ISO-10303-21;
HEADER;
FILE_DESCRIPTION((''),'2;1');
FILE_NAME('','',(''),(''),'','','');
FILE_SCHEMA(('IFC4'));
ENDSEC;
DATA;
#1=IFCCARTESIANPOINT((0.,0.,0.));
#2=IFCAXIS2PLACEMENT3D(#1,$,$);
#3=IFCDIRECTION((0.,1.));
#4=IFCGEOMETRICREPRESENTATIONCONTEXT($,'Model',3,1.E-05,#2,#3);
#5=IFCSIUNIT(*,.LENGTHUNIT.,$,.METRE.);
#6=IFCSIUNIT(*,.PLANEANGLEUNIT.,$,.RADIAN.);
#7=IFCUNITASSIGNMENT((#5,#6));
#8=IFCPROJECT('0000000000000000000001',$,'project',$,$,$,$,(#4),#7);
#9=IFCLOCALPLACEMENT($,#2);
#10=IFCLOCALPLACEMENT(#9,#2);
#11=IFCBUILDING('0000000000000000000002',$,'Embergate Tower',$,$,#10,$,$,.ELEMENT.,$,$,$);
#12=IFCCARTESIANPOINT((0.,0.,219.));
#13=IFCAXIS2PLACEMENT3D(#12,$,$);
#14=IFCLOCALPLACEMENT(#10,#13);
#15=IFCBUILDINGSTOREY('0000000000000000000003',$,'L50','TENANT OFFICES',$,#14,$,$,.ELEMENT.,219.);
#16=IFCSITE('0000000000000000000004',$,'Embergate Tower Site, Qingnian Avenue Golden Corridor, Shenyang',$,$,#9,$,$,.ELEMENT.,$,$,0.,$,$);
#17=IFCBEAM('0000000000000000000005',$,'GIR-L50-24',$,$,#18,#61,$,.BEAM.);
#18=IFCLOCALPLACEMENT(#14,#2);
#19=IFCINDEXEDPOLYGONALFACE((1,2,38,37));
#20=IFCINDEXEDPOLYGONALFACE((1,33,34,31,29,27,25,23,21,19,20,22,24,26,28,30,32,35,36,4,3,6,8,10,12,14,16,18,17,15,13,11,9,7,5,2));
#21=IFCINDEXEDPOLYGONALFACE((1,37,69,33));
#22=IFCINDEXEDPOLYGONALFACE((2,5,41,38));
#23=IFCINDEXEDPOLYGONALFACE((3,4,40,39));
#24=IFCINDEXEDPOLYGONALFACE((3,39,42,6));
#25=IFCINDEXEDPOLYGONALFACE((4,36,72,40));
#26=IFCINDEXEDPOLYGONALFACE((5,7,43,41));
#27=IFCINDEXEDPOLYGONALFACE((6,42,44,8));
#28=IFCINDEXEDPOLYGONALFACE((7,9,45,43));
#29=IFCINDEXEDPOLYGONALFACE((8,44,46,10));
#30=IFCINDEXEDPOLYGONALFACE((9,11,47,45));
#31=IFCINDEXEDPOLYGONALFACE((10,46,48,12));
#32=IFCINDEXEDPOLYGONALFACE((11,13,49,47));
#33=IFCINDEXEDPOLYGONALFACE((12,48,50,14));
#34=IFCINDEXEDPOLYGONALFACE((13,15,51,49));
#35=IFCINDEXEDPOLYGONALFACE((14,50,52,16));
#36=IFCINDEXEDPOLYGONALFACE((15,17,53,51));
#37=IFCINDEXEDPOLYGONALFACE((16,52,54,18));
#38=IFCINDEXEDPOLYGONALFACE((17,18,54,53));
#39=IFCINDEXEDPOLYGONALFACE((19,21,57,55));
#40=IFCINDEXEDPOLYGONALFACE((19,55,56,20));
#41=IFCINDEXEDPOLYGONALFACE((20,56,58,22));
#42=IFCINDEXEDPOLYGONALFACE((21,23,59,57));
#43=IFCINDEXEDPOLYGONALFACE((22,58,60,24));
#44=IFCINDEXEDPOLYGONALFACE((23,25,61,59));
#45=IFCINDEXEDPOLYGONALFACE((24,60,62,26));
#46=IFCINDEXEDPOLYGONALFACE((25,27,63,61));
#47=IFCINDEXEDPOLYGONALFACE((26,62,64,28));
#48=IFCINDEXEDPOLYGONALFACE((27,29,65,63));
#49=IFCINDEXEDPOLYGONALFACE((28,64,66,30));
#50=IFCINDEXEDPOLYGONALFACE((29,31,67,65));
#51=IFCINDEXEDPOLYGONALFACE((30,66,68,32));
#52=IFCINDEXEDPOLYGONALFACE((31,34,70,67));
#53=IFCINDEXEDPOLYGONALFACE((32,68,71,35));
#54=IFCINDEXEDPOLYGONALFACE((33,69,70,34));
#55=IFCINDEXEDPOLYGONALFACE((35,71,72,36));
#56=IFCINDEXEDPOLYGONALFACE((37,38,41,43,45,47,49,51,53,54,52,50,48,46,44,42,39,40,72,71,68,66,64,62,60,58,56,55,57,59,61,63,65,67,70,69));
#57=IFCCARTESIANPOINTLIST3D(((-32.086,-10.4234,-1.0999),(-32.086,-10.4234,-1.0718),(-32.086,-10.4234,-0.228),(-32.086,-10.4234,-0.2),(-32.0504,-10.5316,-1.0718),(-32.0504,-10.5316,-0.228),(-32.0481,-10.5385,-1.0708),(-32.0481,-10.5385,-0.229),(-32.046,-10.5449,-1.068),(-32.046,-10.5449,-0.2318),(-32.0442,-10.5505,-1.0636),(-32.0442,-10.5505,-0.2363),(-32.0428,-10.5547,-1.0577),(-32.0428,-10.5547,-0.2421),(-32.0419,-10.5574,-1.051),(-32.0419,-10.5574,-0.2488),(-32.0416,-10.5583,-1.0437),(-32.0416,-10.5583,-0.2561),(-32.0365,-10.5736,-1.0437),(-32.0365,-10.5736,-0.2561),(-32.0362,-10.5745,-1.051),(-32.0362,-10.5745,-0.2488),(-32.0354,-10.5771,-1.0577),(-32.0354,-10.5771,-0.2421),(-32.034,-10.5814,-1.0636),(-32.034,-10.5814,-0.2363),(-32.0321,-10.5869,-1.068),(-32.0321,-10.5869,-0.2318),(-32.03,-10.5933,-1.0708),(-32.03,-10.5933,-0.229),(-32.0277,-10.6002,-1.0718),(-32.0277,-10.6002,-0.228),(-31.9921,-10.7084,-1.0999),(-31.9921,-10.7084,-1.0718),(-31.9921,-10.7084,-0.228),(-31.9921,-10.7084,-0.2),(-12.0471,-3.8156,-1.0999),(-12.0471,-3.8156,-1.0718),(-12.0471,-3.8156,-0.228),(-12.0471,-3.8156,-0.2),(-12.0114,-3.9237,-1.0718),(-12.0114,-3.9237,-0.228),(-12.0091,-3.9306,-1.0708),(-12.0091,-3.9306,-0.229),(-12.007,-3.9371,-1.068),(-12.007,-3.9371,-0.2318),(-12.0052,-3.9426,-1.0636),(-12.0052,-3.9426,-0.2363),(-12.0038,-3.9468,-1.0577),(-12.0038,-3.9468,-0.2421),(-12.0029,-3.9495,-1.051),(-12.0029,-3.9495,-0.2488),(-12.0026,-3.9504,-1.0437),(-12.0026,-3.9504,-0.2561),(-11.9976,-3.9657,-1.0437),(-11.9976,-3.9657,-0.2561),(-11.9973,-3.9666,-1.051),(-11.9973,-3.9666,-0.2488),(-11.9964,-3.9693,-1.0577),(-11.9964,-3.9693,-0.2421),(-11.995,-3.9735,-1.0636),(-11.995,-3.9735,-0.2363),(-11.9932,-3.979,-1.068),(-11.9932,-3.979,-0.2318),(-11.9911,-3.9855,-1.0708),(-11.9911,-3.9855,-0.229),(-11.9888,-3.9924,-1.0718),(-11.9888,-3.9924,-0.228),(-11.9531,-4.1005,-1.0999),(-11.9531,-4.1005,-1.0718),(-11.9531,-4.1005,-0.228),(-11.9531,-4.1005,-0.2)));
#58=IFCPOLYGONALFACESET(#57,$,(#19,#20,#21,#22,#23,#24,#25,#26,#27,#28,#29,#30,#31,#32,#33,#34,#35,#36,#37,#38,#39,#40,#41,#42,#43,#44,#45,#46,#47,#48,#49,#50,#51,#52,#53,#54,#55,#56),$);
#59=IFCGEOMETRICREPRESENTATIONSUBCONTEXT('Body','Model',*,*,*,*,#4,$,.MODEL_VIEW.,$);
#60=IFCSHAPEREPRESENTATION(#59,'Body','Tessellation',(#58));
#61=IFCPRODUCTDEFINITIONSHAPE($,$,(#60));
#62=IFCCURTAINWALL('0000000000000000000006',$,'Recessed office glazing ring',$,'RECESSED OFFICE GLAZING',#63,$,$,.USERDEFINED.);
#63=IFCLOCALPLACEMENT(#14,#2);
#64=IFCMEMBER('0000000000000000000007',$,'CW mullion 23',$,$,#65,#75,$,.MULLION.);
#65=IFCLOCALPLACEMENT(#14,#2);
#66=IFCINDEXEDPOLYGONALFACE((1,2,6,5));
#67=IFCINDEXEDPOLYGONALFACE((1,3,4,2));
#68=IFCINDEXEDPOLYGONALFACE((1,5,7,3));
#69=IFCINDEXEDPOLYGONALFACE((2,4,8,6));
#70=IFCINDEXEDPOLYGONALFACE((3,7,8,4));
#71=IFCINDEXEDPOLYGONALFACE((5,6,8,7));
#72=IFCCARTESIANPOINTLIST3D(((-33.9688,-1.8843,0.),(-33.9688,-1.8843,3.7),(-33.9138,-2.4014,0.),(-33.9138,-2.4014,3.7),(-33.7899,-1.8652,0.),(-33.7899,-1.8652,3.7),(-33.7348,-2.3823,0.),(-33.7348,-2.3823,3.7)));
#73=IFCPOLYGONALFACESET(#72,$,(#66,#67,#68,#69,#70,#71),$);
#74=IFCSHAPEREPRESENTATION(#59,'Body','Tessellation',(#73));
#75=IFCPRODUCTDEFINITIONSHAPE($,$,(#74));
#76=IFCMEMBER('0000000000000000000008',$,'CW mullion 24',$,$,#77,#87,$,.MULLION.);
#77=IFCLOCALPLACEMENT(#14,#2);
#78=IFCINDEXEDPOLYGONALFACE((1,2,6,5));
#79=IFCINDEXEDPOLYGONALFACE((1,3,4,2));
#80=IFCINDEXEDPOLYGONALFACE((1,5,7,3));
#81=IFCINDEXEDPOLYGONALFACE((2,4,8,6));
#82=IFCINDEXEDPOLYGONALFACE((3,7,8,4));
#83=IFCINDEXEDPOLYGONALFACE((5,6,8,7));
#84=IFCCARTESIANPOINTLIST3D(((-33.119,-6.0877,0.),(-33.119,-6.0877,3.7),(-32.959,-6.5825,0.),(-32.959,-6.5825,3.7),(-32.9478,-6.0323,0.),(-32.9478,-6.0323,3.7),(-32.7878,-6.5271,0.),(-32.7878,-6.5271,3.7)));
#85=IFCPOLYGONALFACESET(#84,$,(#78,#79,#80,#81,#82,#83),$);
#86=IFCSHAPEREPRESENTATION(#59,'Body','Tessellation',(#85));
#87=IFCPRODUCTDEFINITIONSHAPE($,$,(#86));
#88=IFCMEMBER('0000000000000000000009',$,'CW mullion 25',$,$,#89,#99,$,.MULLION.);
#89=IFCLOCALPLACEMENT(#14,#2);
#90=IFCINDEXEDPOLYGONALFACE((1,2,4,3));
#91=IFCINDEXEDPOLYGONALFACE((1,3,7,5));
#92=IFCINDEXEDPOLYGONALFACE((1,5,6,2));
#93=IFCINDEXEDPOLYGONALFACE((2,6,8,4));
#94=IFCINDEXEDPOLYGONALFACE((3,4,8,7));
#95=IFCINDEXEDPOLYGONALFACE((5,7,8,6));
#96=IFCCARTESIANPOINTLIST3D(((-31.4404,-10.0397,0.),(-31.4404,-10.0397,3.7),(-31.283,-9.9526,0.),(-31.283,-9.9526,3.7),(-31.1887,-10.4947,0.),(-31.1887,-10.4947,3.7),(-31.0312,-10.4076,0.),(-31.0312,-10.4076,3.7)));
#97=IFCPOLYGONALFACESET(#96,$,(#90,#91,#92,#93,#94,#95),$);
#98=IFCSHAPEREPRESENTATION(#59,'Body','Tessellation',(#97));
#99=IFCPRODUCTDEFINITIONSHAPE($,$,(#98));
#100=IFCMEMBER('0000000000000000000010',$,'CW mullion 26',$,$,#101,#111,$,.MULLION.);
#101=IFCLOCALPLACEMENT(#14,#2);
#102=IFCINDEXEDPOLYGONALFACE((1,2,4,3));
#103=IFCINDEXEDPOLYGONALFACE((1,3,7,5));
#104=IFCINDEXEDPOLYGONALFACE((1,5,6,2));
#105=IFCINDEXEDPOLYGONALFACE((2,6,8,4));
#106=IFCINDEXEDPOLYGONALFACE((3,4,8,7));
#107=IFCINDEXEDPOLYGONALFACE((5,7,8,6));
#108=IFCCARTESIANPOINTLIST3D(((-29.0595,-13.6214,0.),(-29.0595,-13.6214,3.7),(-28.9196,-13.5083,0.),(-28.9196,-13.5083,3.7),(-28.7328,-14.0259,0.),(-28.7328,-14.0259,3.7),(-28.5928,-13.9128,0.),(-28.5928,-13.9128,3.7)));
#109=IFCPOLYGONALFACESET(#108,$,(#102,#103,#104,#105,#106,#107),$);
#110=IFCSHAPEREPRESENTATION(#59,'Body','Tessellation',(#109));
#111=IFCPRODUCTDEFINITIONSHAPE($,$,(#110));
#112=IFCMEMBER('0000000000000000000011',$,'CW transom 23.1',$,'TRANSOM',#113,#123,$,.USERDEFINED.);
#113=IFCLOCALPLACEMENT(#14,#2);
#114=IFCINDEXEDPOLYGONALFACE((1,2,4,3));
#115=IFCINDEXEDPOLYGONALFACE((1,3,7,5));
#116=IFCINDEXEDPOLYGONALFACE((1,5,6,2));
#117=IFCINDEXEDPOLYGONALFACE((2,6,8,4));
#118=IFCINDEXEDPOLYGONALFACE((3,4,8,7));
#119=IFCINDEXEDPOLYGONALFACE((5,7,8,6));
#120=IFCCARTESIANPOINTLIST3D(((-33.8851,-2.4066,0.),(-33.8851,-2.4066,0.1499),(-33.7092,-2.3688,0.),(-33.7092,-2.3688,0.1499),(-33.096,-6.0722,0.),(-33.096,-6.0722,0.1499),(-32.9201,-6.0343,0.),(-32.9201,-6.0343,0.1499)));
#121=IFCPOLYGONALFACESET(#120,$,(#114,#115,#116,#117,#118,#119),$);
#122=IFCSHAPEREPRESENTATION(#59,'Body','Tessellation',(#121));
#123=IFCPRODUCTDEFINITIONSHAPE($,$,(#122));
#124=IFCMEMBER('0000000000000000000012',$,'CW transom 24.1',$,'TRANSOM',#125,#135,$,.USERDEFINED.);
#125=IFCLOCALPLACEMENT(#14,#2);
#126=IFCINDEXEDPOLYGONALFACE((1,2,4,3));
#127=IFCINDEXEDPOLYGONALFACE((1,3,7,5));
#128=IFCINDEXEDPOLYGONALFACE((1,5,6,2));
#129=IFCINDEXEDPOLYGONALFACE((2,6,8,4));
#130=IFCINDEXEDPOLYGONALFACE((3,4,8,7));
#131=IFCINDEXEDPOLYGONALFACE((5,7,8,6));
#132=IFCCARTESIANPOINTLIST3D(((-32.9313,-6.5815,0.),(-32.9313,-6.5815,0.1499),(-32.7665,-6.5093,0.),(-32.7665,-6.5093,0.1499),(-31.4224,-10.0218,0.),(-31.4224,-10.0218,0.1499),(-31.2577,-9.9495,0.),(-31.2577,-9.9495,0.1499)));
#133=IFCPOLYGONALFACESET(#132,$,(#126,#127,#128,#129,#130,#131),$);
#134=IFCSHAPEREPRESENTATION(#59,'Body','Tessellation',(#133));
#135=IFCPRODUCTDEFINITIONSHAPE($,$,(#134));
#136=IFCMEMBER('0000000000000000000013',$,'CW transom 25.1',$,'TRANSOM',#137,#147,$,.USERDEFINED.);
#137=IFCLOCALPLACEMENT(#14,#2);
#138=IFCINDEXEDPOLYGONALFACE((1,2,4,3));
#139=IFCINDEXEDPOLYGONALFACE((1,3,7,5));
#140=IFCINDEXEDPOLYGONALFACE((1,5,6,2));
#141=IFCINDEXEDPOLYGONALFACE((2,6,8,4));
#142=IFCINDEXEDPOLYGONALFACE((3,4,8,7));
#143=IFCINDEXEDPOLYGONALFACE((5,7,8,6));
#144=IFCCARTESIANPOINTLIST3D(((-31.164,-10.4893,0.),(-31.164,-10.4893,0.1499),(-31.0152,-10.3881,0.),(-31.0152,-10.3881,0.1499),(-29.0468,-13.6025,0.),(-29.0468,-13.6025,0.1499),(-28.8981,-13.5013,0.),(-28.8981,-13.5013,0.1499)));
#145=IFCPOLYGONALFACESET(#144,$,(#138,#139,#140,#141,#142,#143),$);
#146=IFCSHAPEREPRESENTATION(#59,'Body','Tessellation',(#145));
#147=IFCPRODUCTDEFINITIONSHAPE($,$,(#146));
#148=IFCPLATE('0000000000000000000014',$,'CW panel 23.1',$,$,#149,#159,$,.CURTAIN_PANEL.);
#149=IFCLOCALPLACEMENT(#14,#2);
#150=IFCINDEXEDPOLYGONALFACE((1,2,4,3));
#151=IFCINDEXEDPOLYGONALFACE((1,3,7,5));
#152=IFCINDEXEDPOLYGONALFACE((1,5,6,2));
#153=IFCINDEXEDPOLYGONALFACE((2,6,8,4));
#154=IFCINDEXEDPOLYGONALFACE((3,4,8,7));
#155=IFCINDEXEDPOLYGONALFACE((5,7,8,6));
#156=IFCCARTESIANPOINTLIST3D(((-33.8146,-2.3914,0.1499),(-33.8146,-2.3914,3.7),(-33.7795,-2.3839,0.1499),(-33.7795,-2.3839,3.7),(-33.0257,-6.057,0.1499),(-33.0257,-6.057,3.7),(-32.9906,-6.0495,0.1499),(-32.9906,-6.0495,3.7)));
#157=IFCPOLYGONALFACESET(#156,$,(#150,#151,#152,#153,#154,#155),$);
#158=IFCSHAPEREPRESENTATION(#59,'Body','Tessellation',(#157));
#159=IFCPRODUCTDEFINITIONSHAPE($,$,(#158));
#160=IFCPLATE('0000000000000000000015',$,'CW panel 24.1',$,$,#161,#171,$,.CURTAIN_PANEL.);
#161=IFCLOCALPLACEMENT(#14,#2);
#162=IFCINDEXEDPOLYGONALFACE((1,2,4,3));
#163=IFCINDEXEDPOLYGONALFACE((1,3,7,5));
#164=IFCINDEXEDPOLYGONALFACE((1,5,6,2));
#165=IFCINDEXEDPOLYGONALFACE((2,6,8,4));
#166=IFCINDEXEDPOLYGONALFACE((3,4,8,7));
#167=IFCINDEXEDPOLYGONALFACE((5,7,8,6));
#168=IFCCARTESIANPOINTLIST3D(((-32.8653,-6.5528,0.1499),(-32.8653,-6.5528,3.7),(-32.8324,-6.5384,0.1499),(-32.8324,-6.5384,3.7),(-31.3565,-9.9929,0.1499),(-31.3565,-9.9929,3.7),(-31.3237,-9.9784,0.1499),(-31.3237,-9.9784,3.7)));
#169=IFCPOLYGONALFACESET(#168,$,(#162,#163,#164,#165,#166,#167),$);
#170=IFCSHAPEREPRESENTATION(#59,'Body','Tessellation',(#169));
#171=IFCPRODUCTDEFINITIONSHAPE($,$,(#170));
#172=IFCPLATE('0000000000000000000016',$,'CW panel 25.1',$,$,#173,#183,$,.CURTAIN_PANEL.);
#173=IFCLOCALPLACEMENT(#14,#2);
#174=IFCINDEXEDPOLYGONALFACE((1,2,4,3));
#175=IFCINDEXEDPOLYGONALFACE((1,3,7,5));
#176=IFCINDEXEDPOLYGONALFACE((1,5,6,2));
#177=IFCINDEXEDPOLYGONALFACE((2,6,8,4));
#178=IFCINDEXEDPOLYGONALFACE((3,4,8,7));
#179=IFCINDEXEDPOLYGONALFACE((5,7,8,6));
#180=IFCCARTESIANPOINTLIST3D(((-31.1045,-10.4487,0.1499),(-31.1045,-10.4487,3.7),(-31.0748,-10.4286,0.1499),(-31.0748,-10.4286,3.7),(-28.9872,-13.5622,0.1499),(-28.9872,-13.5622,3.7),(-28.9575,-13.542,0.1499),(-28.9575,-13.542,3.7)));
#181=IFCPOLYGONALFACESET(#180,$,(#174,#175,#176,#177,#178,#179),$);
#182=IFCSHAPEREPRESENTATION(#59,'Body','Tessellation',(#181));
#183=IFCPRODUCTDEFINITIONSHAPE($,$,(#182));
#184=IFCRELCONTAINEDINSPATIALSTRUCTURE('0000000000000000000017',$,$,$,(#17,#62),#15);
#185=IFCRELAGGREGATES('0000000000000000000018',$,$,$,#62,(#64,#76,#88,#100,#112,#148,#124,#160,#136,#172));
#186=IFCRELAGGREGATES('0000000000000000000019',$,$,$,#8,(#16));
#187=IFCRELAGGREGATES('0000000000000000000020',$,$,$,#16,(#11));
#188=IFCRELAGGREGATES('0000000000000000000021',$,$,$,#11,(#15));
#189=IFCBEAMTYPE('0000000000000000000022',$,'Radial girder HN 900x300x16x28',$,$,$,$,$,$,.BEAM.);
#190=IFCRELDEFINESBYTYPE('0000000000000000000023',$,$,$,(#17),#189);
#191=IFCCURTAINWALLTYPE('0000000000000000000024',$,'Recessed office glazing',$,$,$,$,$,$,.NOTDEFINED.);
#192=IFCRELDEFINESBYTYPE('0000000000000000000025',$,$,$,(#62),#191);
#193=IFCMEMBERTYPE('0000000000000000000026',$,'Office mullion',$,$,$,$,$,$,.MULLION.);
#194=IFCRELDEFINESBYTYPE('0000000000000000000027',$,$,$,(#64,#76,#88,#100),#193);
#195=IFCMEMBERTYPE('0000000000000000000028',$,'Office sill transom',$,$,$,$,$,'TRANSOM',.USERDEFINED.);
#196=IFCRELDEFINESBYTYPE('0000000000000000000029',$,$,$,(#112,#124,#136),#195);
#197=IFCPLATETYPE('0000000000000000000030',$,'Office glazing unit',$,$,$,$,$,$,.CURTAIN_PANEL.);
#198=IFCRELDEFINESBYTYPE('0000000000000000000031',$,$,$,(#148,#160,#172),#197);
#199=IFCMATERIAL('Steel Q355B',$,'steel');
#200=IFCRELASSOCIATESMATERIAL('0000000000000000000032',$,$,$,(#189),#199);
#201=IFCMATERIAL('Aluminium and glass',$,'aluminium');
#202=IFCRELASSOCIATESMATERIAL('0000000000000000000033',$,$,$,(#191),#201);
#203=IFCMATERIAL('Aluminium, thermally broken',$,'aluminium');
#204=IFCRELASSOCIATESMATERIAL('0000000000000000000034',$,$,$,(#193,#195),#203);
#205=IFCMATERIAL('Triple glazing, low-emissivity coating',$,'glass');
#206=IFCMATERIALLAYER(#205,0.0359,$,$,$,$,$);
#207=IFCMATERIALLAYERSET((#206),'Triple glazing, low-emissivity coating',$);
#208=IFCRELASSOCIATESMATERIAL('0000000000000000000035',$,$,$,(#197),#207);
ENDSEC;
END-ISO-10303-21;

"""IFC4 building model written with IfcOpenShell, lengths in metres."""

from ifc_helpers import new_model, si_unit, direction, frame, origin, origin_2d, place, context, subcontext, project, spatial, rectangle, i_section, extrude, source, transform, mapped, material, layer, layer_set, material_profile, profile_set, type_object, element, aggregate, save


model = new_model("IFC4")

# Units and contexts
model_context = context("Model", 3, precision=1e-05, world=origin(), true_north=direction((0.0, 1.0)))
body_context = subcontext(model_context, "Body", "Model", "MODEL_VIEW")
ifc_project = project(units=[si_unit("LENGTHUNIT", "METRE"), si_unit("PLANEANGLEUNIT", "RADIAN")], contexts=[model_context])

# Site, building, storey
site_placement = place(None, origin())
site = spatial("IfcSite", under=ifc_project, at=site_placement, Name="Embergate Tower Site, Qingnian Avenue Golden Corridor, Shenyang", CompositionType="ELEMENT", RefElevation=0.0)
building_placement = place(site_placement, origin())
building = spatial("IfcBuilding", under=site, at=building_placement, Name="Embergate Tower", CompositionType="ELEMENT")
storey_placement = place(building_placement, frame((0.0, 0.0, 219.0)))
storey = spatial("IfcBuildingStorey", under=building, at=storey_placement, Name="L50", Description="TENANT OFFICES", CompositionType="ELEMENT", Elevation=219.0)

# Beam
ifc_material_1 = material(Name="Steel Q355B", Category="steel")
ifc_material_profile_1 = material_profile(ifc_material_1, i_section(OverallWidth=0.3, OverallDepth=0.8999, WebThickness=0.0161, FlangeThickness=0.0281, FilletRadius=0.0281, at=origin_2d()), Name="HN 900x300x16x28")
ifc_profile_set_1 = profile_set([ifc_material_profile_1], Name="Steel Q355 grade B")
beam_type_1 = type_object("IfcBeamType", Name="Radial girder HN 900x300x16x28", PredefinedType="BEAM", material=ifc_profile_set_1)
shared_shape_1 = source(origin(), body_context, "Body", "SweptSolid", [
    extrude(i_section(OverallWidth=0.3, OverallDepth=0.8999, WebThickness=0.0161, FlangeThickness=0.0281, FilletRadius=0.0281, at=origin_2d()), origin(), (0.0, 0.0, 1.0), 21.1003),
])
beam_1_placement = place(storey_placement, frame((-32.0391, -10.5659, -0.6499), z_axis=(0.949699, 0.313165, 0.0), x_axis=(-0.313165, 0.949699, 0.0)))
element("IfcBeam", 1, at=beam_1_placement, inside=storey, type_object=beam_type_1, Name="GIR-L50-24", PredefinedType="BEAM", context=body_context, shape_type="MappedRepresentation", body=[
    mapped(shared_shape_1, transform((0.0, 0.0, 0.0))),
])

# Curtain wall, members, plates
ifc_material_2 = material(Name="Aluminium and glass", Category="aluminium")
curtain_wall_type = type_object("IfcCurtainWallType", Name="Recessed office glazing", PredefinedType="NOTDEFINED", material=ifc_material_2)
curtain_wall_placement = place(storey_placement, origin())
curtain_wall = element("IfcCurtainWall", 2, at=curtain_wall_placement, inside=storey, type_object=curtain_wall_type, Name="Recessed office glazing ring", ObjectType="RECESSED OFFICE GLAZING", PredefinedType="USERDEFINED")
ifc_material_3 = material(Name="Aluminium, thermally broken", Category="aluminium")
ifc_material_profile_2 = material_profile(ifc_material_3, rectangle(XDim=0.1799, YDim=0.52, at=origin_2d()), Name="AL 520x180")
ifc_profile_set_2 = profile_set([ifc_material_profile_2], Name="Aluminium, thermally broken")
member_type_1 = type_object("IfcMemberType", Name="Office mullion", PredefinedType="MULLION", material=ifc_profile_set_2)
shared_shape_2 = source(origin(), body_context, "Body", "SweptSolid", [
    extrude(rectangle(XDim=0.1799, YDim=0.52, at=origin_2d()), origin(), (0.0, 0.0, 1.0), 3.7),
])
member_1_placement = place(storey_placement, frame((-33.8518, -2.1333, 0.0), z_axis=(0.0, 0.0, 1.0), x_axis=(0.994385, 0.105825, 0.0)))
member_1 = element("IfcMember", 3, at=member_1_placement, type_object=member_type_1, Name="CW mullion 23", PredefinedType="MULLION", context=body_context, shape_type="MappedRepresentation", body=[
    mapped(shared_shape_2, transform((0.0, 0.0, 0.0))),
])
member_2_placement = place(storey_placement, frame((-32.9534, -6.3074, 0.0), z_axis=(0.0, 0.0, 1.0), x_axis=(0.951497, 0.307657, 0.0)))
member_2 = element("IfcMember", 4, at=member_2_placement, type_object=member_type_1, Name="CW mullion 24", PredefinedType="MULLION", context=body_context, shape_type="MappedRepresentation", body=[
    mapped(shared_shape_2, transform((0.0, 0.0, 0.0))),
])
member_3_placement = place(storey_placement, frame((-31.2358, -10.2236, 0.0), z_axis=(0.0, 0.0, 1.0), x_axis=(0.875001, 0.484121, 0.0)))
member_3 = element("IfcMember", 5, at=member_3_placement, type_object=member_type_1, Name="CW mullion 25", PredefinedType="MULLION", context=body_context, shape_type="MappedRepresentation", body=[
    mapped(shared_shape_2, transform((0.0, 0.0, 0.0))),
])
member_4_placement = place(storey_placement, frame((-28.8262, -13.7671, 0.0), z_axis=(0.0, 0.0, 1.0), x_axis=(0.777873, 0.628422, 0.0)))
member_4 = element("IfcMember", 6, at=member_4_placement, type_object=member_type_1, Name="CW mullion 26", PredefinedType="MULLION", context=body_context, shape_type="MappedRepresentation", body=[
    mapped(shared_shape_2, transform((0.0, 0.0, 0.0))),
])
ifc_material_profile_3 = material_profile(ifc_material_3, rectangle(XDim=0.1799, YDim=0.1499, at=origin_2d()), Name="AL 150x180")
ifc_profile_set_3 = profile_set([ifc_material_profile_3], Name="Aluminium, thermally broken")
member_type_2 = type_object("IfcMemberType", Name="Office sill transom", ElementType="TRANSOM", PredefinedType="USERDEFINED", material=ifc_profile_set_3)
shared_shape_3 = source(origin(), body_context, "Body", "SweptSolid", [
    extrude(rectangle(XDim=0.1799, YDim=0.1499, at=origin_2d()), origin(), (0.0, 0.0, 1.0), 3.7495),
])
member_5_placement = place(storey_placement, frame((-33.7971, -2.3877, 0.075), z_axis=(0.210445, -0.977606, 0.0), x_axis=(0.977606, 0.210445, 0.0)))
member_5 = element("IfcMember", 7, at=member_5_placement, type_object=member_type_2, Name="CW transom 23.1", ObjectType="TRANSOM", PredefinedType="USERDEFINED", context=body_context, shape_type="MappedRepresentation", body=[
    mapped(shared_shape_3, transform((0.0, 0.0, 0.0))),
])
shared_shape_4 = source(origin(), body_context, "Body", "SweptSolid", [
    extrude(rectangle(XDim=0.1799, YDim=0.1499, at=origin_2d()), origin(), (0.0, 0.0, 1.0), 3.7566),
])
member_6_placement = place(storey_placement, frame((-32.8489, -6.5454, 0.075), z_axis=(0.401647, -0.915794, 0.0), x_axis=(0.915794, 0.401647, 0.0)))
member_6 = element("IfcMember", 8, at=member_6_placement, type_object=member_type_2, Name="CW transom 24.1", ObjectType="TRANSOM", PredefinedType="USERDEFINED", context=body_context, shape_type="MappedRepresentation", body=[
    mapped(shared_shape_4, transform((0.0, 0.0, 0.0))),
])
shared_shape_5 = source(origin(), body_context, "Body", "SweptSolid", [
    extrude(rectangle(XDim=0.1799, YDim=0.1499, at=origin_2d()), origin(), (0.0, 0.0, 1.0), 3.7649),
])
member_7_placement = place(storey_placement, frame((-31.0896, -10.4387, 0.075), z_axis=(0.562338, -0.826907, 0.0), x_axis=(0.826907, 0.562338, 0.0)))
member_7 = element("IfcMember", 9, at=member_7_placement, type_object=member_type_2, Name="CW transom 25.1", ObjectType="TRANSOM", PredefinedType="USERDEFINED", context=body_context, shape_type="MappedRepresentation", body=[
    mapped(shared_shape_5, transform((0.0, 0.0, 0.0))),
])
ifc_material_4 = material(Name="Triple glazing, low-emissivity coating", Category="glass")
ifc_layer_1 = layer(ifc_material_4, 0.0359)
ifc_layer_set_1 = layer_set([ifc_layer_1], Name="Triple glazing, low-emissivity coating")
plate_type = type_object("IfcPlateType", Name="Office glazing unit", PredefinedType="CURTAIN_PANEL", material=ifc_layer_set_1)
shared_shape_6 = source(origin(), body_context, "Body", "SweptSolid", [
    extrude(rectangle(XDim=3.7495, YDim=0.0359, at=origin_2d()), origin(), (0.0, 0.0, 1.0), 3.55),
])
plate_1_placement = place(storey_placement, frame((-33.4026, -4.2205, 0.1499), z_axis=(0.0, 0.0, 1.0), x_axis=(0.210397, -0.977616, 0.0)))
plate_1 = element("IfcPlate", 10, at=plate_1_placement, type_object=plate_type, Name="CW panel 23.1", PredefinedType="CURTAIN_PANEL", context=body_context, shape_type="MappedRepresentation", body=[
    mapped(shared_shape_6, transform((0.0, 0.0, 0.0))),
])
shared_shape_7 = source(origin(), body_context, "Body", "SweptSolid", [
    extrude(rectangle(XDim=3.7563, YDim=0.0359, at=origin_2d()), origin(), (0.0, 0.0, 1.0), 3.55),
])
plate_2_placement = place(storey_placement, frame((-32.0945, -8.2656, 0.1499), z_axis=(0.0, 0.0, 1.0), x_axis=(0.401649, -0.915794, 0.0)))
plate_2 = element("IfcPlate", 11, at=plate_2_placement, type_object=plate_type, Name="CW panel 24.1", PredefinedType="CURTAIN_PANEL", context=body_context, shape_type="MappedRepresentation", body=[
    mapped(shared_shape_7, transform((0.0, 0.0, 0.0))),
])
shared_shape_8 = source(origin(), body_context, "Body", "SweptSolid", [
    extrude(rectangle(XDim=3.7651, YDim=0.0359, at=origin_2d()), origin(), (0.0, 0.0, 1.0), 3.55),
])
plate_3_placement = place(storey_placement, frame((-30.031, -11.9954, 0.1499), z_axis=(0.0, 0.0, 1.0), x_axis=(0.562339, -0.826907, 0.0)))
plate_3 = element("IfcPlate", 12, at=plate_3_placement, type_object=plate_type, Name="CW panel 25.1", PredefinedType="CURTAIN_PANEL", context=body_context, shape_type="MappedRepresentation", body=[
    mapped(shared_shape_8, transform((0.0, 0.0, 0.0))),
])
aggregate(curtain_wall, [member_1, member_2, member_3, member_4, member_5, plate_1, member_6, plate_2, member_7, plate_3])

save(model, "model.ifc")
